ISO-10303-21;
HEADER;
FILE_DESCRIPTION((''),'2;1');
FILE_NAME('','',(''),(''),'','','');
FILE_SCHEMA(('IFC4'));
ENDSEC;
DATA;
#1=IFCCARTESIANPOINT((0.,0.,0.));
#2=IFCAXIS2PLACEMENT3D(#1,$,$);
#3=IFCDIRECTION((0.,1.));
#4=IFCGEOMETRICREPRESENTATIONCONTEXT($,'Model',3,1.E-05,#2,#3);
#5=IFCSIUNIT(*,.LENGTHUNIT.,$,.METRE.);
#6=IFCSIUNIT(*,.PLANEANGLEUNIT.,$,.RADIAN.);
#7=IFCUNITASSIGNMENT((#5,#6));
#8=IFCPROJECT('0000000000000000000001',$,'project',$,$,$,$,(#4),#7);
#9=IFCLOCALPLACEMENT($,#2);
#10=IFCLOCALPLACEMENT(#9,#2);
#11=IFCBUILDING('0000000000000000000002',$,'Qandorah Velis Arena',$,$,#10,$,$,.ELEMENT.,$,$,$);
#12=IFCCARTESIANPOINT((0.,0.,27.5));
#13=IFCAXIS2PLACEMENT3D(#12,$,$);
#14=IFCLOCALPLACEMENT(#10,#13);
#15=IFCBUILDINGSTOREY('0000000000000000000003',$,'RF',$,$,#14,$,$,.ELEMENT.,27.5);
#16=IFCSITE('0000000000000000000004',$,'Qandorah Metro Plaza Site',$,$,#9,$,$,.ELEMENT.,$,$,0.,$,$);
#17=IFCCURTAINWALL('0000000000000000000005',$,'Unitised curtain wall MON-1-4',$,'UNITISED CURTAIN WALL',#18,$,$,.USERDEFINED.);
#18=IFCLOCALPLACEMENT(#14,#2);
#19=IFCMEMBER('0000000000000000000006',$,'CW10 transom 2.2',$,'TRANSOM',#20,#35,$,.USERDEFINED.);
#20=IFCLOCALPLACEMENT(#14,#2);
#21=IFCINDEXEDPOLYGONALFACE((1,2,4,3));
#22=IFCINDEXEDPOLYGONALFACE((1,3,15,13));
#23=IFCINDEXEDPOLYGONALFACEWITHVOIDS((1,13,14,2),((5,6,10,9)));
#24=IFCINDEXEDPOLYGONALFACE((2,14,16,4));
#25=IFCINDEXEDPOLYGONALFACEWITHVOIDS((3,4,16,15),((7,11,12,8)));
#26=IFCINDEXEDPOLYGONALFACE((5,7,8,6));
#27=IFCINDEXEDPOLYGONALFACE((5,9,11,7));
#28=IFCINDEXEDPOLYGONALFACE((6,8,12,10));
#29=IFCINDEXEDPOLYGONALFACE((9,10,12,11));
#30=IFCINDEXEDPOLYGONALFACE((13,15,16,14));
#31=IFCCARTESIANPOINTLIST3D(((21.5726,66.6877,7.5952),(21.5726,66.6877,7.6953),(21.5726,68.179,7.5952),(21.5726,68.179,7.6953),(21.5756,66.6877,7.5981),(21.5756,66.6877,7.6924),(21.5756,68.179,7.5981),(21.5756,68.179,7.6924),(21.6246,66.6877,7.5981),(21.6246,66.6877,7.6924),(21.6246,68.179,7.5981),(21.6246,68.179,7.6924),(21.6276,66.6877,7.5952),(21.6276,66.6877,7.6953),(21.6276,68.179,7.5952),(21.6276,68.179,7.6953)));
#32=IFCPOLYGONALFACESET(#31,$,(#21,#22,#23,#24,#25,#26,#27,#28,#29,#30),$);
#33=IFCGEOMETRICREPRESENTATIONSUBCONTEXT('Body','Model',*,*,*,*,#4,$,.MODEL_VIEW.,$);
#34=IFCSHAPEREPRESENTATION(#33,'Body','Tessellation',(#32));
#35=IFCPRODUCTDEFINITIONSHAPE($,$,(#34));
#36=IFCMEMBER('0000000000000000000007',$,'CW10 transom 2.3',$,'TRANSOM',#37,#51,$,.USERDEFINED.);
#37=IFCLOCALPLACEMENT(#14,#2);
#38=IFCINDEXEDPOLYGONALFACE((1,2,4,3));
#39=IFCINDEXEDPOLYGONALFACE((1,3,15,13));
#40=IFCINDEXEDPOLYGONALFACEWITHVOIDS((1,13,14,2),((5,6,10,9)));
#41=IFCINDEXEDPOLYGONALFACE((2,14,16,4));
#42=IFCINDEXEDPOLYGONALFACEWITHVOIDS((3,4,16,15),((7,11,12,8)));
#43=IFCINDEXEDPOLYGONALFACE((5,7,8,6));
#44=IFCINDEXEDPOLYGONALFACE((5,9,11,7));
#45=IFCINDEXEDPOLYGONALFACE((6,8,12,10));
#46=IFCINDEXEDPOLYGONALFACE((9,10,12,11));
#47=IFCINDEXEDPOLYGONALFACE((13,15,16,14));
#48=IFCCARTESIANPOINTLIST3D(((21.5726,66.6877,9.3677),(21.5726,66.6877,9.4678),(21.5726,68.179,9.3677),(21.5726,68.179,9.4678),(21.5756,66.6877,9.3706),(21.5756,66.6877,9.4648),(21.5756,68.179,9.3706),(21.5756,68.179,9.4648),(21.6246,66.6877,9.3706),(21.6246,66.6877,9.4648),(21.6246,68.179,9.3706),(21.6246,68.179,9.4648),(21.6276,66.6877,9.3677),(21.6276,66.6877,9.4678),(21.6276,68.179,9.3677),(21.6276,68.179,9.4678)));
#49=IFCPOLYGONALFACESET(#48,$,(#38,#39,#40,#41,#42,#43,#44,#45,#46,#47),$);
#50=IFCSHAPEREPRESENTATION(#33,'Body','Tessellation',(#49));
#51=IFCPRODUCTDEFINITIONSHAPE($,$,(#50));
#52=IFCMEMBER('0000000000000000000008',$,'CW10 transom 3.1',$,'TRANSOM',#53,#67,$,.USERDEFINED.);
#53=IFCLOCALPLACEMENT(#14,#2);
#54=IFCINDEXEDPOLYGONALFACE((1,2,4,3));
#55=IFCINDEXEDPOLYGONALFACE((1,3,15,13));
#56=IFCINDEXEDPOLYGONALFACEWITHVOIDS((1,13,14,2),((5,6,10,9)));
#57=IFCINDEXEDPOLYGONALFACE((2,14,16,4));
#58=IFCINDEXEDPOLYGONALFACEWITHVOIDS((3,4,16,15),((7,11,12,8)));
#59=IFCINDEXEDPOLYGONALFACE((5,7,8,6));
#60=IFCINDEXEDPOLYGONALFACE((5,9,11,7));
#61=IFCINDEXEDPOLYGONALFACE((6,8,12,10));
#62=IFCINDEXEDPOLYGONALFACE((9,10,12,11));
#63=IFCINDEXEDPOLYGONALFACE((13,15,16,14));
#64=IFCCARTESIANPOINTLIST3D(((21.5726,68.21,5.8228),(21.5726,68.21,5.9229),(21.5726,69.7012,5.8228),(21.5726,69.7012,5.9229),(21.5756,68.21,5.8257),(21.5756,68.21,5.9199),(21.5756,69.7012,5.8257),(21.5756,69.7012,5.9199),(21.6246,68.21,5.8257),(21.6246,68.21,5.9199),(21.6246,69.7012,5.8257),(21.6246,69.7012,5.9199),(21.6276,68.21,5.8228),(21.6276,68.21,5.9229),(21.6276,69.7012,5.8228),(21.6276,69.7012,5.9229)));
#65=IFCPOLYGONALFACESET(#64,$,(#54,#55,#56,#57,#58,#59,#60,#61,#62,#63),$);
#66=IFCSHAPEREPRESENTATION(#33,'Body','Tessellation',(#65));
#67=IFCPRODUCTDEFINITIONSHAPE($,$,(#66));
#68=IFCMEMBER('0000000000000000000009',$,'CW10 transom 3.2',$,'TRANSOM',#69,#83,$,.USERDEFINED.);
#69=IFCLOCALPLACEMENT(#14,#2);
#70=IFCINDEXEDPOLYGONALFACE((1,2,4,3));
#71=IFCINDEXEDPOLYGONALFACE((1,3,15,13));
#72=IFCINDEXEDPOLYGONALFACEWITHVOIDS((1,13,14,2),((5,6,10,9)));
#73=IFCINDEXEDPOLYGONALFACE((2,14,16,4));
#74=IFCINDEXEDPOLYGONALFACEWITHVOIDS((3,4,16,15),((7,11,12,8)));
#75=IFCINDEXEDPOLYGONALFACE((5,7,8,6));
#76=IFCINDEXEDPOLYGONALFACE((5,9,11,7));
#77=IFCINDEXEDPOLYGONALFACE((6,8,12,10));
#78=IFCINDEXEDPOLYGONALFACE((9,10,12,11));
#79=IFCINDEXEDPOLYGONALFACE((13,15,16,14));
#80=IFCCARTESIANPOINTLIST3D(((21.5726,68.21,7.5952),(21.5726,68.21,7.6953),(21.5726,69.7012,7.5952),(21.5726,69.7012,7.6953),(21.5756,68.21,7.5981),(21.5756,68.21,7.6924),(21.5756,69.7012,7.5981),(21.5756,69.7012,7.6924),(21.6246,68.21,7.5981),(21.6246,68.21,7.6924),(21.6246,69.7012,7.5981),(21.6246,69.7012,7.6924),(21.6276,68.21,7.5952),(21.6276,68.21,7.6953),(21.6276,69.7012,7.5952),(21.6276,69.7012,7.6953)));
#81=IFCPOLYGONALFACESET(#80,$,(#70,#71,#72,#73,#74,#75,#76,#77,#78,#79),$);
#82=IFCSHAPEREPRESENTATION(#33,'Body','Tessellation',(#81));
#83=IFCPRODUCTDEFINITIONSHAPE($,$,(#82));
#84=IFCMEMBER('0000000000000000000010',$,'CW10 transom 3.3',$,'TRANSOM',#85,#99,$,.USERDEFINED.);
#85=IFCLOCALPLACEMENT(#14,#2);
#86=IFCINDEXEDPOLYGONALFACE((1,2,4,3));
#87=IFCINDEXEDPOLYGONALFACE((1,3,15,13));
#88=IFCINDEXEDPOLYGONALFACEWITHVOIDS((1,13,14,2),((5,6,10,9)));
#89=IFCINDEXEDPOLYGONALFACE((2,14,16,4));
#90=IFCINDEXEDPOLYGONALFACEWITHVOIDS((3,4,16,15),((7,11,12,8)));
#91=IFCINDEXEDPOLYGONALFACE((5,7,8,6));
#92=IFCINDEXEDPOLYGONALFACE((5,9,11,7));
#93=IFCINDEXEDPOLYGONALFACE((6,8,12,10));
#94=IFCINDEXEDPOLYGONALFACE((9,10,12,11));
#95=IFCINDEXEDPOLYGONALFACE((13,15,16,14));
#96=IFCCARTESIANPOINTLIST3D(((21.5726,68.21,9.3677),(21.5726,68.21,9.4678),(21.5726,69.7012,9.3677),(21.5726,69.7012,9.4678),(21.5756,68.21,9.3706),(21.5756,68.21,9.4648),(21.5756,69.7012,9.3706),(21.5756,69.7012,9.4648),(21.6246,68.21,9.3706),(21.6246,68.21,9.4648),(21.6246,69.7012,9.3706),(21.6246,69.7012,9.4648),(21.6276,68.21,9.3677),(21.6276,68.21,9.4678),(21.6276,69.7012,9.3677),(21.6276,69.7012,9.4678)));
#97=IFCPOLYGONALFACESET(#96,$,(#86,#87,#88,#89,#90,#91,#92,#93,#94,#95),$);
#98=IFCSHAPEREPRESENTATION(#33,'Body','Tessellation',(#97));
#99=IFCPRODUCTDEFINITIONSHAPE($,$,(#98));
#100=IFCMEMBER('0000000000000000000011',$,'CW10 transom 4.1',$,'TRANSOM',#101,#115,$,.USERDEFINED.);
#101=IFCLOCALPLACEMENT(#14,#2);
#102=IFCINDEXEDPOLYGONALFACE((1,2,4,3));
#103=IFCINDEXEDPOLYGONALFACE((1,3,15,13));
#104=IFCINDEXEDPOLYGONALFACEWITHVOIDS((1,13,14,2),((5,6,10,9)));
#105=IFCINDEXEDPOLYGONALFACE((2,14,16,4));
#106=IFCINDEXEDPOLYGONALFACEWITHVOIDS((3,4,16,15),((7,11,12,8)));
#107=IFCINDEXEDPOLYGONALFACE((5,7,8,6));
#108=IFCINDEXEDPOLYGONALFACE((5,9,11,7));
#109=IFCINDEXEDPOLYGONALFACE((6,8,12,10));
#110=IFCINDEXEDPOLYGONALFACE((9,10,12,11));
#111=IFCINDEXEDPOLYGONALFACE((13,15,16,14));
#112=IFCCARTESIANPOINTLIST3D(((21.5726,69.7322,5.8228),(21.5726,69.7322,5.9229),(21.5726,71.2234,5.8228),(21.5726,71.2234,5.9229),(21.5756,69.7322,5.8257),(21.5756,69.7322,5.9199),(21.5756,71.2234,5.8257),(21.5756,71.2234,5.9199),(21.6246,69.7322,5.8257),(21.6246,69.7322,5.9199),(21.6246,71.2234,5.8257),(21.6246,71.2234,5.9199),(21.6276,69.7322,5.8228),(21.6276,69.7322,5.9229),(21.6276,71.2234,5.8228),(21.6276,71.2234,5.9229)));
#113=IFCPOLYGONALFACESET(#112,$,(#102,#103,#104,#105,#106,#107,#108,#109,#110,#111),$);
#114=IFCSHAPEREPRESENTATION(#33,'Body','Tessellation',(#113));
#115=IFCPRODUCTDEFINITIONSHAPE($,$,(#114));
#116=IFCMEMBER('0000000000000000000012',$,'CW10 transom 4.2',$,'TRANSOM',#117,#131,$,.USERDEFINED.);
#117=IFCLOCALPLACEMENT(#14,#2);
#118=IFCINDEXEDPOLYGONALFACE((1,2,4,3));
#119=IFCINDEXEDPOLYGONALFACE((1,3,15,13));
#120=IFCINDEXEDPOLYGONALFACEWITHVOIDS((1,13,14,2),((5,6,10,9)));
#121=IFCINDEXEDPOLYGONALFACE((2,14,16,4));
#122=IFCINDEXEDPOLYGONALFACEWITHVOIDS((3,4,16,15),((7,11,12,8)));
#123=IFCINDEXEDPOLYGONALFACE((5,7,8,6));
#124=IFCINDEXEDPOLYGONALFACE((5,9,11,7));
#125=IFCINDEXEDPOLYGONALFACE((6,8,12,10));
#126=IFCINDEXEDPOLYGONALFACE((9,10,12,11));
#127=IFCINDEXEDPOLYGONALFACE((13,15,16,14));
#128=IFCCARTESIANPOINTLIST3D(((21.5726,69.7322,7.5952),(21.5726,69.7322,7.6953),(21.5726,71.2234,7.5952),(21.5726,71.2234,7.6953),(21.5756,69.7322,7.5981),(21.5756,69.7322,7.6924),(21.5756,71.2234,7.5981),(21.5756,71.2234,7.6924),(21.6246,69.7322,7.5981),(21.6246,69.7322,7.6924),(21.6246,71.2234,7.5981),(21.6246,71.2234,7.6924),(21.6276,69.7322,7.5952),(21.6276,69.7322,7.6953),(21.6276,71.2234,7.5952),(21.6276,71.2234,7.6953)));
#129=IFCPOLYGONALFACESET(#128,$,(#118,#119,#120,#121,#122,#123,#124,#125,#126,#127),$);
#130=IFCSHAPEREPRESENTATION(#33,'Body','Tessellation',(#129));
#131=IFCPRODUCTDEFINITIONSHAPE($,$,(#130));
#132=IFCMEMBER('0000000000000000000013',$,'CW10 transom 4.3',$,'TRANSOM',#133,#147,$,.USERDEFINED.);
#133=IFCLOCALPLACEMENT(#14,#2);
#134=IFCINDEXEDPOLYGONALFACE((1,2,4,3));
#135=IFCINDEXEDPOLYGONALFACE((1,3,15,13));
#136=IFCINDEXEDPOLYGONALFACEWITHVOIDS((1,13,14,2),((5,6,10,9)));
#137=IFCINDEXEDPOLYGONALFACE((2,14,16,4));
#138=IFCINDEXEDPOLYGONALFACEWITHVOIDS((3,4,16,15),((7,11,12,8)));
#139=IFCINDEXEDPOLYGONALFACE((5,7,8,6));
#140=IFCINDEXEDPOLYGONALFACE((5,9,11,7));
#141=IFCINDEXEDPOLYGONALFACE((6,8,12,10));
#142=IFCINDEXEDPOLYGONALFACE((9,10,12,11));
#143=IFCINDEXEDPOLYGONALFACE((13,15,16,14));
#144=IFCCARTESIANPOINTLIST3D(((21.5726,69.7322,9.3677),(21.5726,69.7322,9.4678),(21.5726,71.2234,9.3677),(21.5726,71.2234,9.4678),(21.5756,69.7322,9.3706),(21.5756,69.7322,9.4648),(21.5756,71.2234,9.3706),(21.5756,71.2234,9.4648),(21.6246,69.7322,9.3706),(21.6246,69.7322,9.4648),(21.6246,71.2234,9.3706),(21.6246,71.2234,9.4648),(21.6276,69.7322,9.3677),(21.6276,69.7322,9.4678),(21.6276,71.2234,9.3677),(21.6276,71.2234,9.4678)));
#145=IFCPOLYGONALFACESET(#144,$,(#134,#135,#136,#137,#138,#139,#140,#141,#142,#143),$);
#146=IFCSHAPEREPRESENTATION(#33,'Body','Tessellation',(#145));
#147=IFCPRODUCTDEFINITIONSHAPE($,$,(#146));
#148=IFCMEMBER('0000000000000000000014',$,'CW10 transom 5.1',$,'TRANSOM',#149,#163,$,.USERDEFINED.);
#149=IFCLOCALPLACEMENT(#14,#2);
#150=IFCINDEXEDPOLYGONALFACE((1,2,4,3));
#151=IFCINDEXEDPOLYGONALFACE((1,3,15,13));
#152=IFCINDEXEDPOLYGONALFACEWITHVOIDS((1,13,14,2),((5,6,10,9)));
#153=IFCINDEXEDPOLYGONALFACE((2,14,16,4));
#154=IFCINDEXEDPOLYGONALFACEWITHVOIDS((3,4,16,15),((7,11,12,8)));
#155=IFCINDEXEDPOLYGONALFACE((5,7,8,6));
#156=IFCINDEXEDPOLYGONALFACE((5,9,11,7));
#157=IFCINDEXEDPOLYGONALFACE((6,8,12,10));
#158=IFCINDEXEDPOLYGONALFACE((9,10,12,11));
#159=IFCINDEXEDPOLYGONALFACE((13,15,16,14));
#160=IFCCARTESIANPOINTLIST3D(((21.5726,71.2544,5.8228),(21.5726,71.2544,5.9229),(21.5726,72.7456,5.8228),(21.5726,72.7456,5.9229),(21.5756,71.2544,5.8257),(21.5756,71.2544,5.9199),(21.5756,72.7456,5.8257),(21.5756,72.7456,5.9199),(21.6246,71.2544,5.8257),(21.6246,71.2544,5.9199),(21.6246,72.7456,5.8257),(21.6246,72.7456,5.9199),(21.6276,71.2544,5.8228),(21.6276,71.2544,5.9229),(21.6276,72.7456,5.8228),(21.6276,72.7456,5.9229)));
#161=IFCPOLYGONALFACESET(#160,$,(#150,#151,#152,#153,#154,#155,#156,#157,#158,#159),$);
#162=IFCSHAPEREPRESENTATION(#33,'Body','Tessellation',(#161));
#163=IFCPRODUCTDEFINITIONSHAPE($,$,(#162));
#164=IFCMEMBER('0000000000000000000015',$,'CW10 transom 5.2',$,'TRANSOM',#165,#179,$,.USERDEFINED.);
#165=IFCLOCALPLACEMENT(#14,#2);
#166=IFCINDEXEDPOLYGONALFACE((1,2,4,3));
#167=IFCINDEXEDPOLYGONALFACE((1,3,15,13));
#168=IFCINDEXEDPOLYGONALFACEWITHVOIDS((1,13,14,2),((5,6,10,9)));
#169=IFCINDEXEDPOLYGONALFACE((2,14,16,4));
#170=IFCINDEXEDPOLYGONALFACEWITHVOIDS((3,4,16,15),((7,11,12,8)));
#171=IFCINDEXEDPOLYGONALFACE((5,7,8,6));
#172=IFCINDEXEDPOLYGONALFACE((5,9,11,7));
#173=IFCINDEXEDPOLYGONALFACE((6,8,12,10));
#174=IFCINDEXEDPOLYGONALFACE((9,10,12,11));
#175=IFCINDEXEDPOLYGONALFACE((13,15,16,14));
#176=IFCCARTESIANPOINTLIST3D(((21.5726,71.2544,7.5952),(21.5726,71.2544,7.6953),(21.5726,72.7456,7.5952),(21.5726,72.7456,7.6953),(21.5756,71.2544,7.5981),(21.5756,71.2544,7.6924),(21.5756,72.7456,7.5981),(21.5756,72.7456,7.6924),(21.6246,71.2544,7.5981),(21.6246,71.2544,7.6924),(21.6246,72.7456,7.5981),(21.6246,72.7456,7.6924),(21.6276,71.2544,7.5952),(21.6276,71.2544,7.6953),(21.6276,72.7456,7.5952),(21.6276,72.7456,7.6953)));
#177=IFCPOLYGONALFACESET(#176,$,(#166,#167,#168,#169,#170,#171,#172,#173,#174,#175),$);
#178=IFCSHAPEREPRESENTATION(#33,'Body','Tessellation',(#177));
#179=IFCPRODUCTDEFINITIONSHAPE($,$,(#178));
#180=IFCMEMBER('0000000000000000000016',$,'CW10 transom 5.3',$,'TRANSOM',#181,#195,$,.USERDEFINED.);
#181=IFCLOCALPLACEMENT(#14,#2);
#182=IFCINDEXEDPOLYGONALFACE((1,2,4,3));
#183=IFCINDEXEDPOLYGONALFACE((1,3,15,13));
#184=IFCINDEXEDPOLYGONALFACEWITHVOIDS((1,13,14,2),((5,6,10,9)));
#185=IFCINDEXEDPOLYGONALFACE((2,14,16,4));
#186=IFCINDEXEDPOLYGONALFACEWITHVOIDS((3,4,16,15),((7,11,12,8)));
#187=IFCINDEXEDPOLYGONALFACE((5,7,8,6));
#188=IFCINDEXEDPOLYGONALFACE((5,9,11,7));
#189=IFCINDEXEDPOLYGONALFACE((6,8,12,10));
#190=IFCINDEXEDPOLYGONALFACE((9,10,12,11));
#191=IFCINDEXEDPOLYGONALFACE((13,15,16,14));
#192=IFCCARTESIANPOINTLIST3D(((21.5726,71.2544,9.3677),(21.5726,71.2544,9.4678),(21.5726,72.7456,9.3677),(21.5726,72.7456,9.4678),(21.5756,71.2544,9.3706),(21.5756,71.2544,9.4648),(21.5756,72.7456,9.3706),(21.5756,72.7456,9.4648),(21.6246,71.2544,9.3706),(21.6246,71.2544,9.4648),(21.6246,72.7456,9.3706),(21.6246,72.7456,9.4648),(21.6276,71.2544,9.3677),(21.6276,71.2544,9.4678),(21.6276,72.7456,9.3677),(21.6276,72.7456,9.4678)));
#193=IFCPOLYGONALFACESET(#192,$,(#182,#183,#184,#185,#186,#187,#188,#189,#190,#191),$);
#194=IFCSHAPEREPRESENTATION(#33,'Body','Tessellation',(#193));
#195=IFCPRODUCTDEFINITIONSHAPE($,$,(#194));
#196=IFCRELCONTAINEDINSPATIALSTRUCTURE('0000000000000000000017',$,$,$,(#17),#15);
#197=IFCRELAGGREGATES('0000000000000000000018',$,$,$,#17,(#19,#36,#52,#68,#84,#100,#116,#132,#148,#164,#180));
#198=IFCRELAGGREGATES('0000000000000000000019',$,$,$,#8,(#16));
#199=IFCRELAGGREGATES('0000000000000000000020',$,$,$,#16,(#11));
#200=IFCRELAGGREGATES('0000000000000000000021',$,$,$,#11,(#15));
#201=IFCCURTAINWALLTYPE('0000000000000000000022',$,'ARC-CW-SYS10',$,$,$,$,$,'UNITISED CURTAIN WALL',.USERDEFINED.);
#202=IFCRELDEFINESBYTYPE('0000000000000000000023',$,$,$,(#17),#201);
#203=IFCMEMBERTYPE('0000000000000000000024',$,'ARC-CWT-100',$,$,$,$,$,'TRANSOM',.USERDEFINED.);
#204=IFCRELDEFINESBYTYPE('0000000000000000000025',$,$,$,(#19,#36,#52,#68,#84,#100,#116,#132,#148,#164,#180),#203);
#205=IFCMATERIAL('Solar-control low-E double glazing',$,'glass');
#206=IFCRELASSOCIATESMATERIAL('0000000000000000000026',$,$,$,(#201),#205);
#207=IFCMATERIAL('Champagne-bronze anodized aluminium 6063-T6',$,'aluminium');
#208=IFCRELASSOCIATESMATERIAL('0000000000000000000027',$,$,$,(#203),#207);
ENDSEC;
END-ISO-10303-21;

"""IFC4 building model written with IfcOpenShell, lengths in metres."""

from ifc_helpers import new_model, si_unit, direction, frame, origin, origin_2d, place, context, subcontext, project, spatial, hollow_rectangle, extrude, material, material_profile, profile_set, type_object, element, aggregate, save


model = new_model("IFC4")

# Units and contexts
model_context = context("Model", 3, precision=1e-05, world=origin(), true_north=direction((0.0, 1.0)))
body_context = subcontext(model_context, "Body", "Model", "MODEL_VIEW")
ifc_project = project(units=[si_unit("LENGTHUNIT", "METRE"), si_unit("PLANEANGLEUNIT", "RADIAN")], contexts=[model_context])

# Site, building, storey
site_placement = place(None, origin())
site = spatial("IfcSite", under=ifc_project, at=site_placement, Name="Qandorah Metro Plaza Site", CompositionType="ELEMENT", RefElevation=0.0)
building_placement = place(site_placement, origin())
building = spatial("IfcBuilding", under=site, at=building_placement, Name="Qandorah Velis Arena", CompositionType="ELEMENT")
storey_placement = place(building_placement, frame((0.0, 0.0, 27.5)))
storey = spatial("IfcBuildingStorey", under=building, at=storey_placement, Name="RF", CompositionType="ELEMENT", Elevation=27.5)

# Shared definitions
ifc_material_1 = material(Name="Solar-control low-E double glazing", Category="glass")
ifc_material_2 = material(Name="Champagne-bronze anodized aluminium 6063-T6", Category="aluminium")

# Curtain wall, members
curtain_wall_type_1 = type_object("IfcCurtainWallType", Name="ARC-CW-SYS10", ElementType="UNITISED CURTAIN WALL", PredefinedType="USERDEFINED", material=ifc_material_1)
curtain_wall_1_placement = place(storey_placement, origin())
curtain_wall_1 = element("IfcCurtainWall", 1, at=curtain_wall_1_placement, inside=storey, type_object=curtain_wall_type_1, Name="Unitised curtain wall MON-1-4", ObjectType="UNITISED CURTAIN WALL", PredefinedType="USERDEFINED")
ifc_material_profile_1 = material_profile(ifc_material_2, hollow_rectangle(XDim=0.0549, YDim=0.1001, WallThickness=0.0029, at=origin_2d()), Name="ALU TRANSOM 55x100")
ifc_profile_set_1 = profile_set([ifc_material_profile_1], Name="Champagne-bronze anodized aluminium 6063-T6")
member_type_1 = type_object("IfcMemberType", Name="ARC-CWT-100", ElementType="TRANSOM", PredefinedType="USERDEFINED", material=ifc_profile_set_1)
member_1_placement = place(storey_placement, frame((21.6001, 66.6877, 7.6453), z_axis=(0.0, 1.0, 0.0), x_axis=(-1.0, 0.0, 0.0)))
member_1 = element("IfcMember", 2, at=member_1_placement, type_object=member_type_1, Name="CW10 transom 2.2", ObjectType="TRANSOM", PredefinedType="USERDEFINED", context=body_context, shape_type="SweptSolid", body=[
    extrude(hollow_rectangle(XDim=0.0549, YDim=0.1001, WallThickness=0.0029, at=origin_2d()), origin(), (0.0, 0.0, 1.0), 1.4912),
])
member_2_placement = place(storey_placement, frame((21.6001, 66.6877, 9.4177), z_axis=(0.0, 1.0, 0.0), x_axis=(-1.0, 0.0, 0.0)))
member_2 = element("IfcMember", 3, at=member_2_placement, type_object=member_type_1, Name="CW10 transom 2.3", ObjectType="TRANSOM", PredefinedType="USERDEFINED", context=body_context, shape_type="SweptSolid", body=[
    extrude(hollow_rectangle(XDim=0.0549, YDim=0.1001, WallThickness=0.0029, at=origin_2d()), origin(), (0.0, 0.0, 1.0), 1.4912),
])
member_3_placement = place(storey_placement, frame((21.6001, 68.21, 5.8728), z_axis=(0.0, 1.0, 0.0), x_axis=(-1.0, 0.0, 0.0)))
member_3 = element("IfcMember", 4, at=member_3_placement, type_object=member_type_1, Name="CW10 transom 3.1", ObjectType="TRANSOM", PredefinedType="USERDEFINED", context=body_context, shape_type="SweptSolid", body=[
    extrude(hollow_rectangle(XDim=0.0549, YDim=0.1001, WallThickness=0.0029, at=origin_2d()), origin(), (0.0, 0.0, 1.0), 1.4912),
])
member_4_placement = place(storey_placement, frame((21.6001, 68.21, 7.6453), z_axis=(0.0, 1.0, 0.0), x_axis=(-1.0, 0.0, 0.0)))
member_4 = element("IfcMember", 5, at=member_4_placement, type_object=member_type_1, Name="CW10 transom 3.2", ObjectType="TRANSOM", PredefinedType="USERDEFINED", context=body_context, shape_type="SweptSolid", body=[
    extrude(hollow_rectangle(XDim=0.0549, YDim=0.1001, WallThickness=0.0029, at=origin_2d()), origin(), (0.0, 0.0, 1.0), 1.4912),
])
member_5_placement = place(storey_placement, frame((21.6001, 68.21, 9.4177), z_axis=(0.0, 1.0, 0.0), x_axis=(-1.0, 0.0, 0.0)))
member_5 = element("IfcMember", 6, at=member_5_placement, type_object=member_type_1, Name="CW10 transom 3.3", ObjectType="TRANSOM", PredefinedType="USERDEFINED", context=body_context, shape_type="SweptSolid", body=[
    extrude(hollow_rectangle(XDim=0.0549, YDim=0.1001, WallThickness=0.0029, at=origin_2d()), origin(), (0.0, 0.0, 1.0), 1.4912),
])
member_6_placement = place(storey_placement, frame((21.6001, 69.7322, 5.8728), z_axis=(0.0, 1.0, 0.0), x_axis=(-1.0, 0.0, 0.0)))
member_6 = element("IfcMember", 7, at=member_6_placement, type_object=member_type_1, Name="CW10 transom 4.1", ObjectType="TRANSOM", PredefinedType="USERDEFINED", context=body_context, shape_type="SweptSolid", body=[
    extrude(hollow_rectangle(XDim=0.0549, YDim=0.1001, WallThickness=0.0029, at=origin_2d()), origin(), (0.0, 0.0, 1.0), 1.4912),
])
member_7_placement = place(storey_placement, frame((21.6001, 69.7322, 7.6453), z_axis=(0.0, 1.0, 0.0), x_axis=(-1.0, 0.0, 0.0)))
member_7 = element("IfcMember", 8, at=member_7_placement, type_object=member_type_1, Name="CW10 transom 4.2", ObjectType="TRANSOM", PredefinedType="USERDEFINED", context=body_context, shape_type="SweptSolid", body=[
    extrude(hollow_rectangle(XDim=0.0549, YDim=0.1001, WallThickness=0.0029, at=origin_2d()), origin(), (0.0, 0.0, 1.0), 1.4912),
])
member_8_placement = place(storey_placement, frame((21.6001, 69.7322, 9.4177), z_axis=(0.0, 1.0, 0.0), x_axis=(-1.0, 0.0, 0.0)))
member_8 = element("IfcMember", 9, at=member_8_placement, type_object=member_type_1, Name="CW10 transom 4.3", ObjectType="TRANSOM", PredefinedType="USERDEFINED", context=body_context, shape_type="SweptSolid", body=[
    extrude(hollow_rectangle(XDim=0.0549, YDim=0.1001, WallThickness=0.0029, at=origin_2d()), origin(), (0.0, 0.0, 1.0), 1.4912),
])
member_9_placement = place(storey_placement, frame((21.6001, 71.2544, 5.8728), z_axis=(0.0, 1.0, 0.0), x_axis=(-1.0, 0.0, 0.0)))
member_9 = element("IfcMember", 10, at=member_9_placement, type_object=member_type_1, Name="CW10 transom 5.1", ObjectType="TRANSOM", PredefinedType="USERDEFINED", context=body_context, shape_type="SweptSolid", body=[
    extrude(hollow_rectangle(XDim=0.0549, YDim=0.1001, WallThickness=0.0029, at=origin_2d()), origin(), (0.0, 0.0, 1.0), 1.4912),
])
member_10_placement = place(storey_placement, frame((21.6001, 71.2544, 7.6453), z_axis=(0.0, 1.0, 0.0), x_axis=(-1.0, 0.0, 0.0)))
member_10 = element("IfcMember", 11, at=member_10_placement, type_object=member_type_1, Name="CW10 transom 5.2", ObjectType="TRANSOM", PredefinedType="USERDEFINED", context=body_context, shape_type="SweptSolid", body=[
    extrude(hollow_rectangle(XDim=0.0549, YDim=0.1001, WallThickness=0.0029, at=origin_2d()), origin(), (0.0, 0.0, 1.0), 1.4912),
])
member_11_placement = place(storey_placement, frame((21.6001, 71.2544, 9.4177), z_axis=(0.0, 1.0, 0.0), x_axis=(-1.0, 0.0, 0.0)))
member_11 = element("IfcMember", 12, at=member_11_placement, type_object=member_type_1, Name="CW10 transom 5.3", ObjectType="TRANSOM", PredefinedType="USERDEFINED", context=body_context, shape_type="SweptSolid", body=[
    extrude(hollow_rectangle(XDim=0.0549, YDim=0.1001, WallThickness=0.0029, at=origin_2d()), origin(), (0.0, 0.0, 1.0), 1.4912),
])

aggregate(curtain_wall_1, [member_1, member_2, member_3, member_4, member_5, member_6, member_7, member_8, member_9, member_10, member_11])

save(model, "model.ifc")
